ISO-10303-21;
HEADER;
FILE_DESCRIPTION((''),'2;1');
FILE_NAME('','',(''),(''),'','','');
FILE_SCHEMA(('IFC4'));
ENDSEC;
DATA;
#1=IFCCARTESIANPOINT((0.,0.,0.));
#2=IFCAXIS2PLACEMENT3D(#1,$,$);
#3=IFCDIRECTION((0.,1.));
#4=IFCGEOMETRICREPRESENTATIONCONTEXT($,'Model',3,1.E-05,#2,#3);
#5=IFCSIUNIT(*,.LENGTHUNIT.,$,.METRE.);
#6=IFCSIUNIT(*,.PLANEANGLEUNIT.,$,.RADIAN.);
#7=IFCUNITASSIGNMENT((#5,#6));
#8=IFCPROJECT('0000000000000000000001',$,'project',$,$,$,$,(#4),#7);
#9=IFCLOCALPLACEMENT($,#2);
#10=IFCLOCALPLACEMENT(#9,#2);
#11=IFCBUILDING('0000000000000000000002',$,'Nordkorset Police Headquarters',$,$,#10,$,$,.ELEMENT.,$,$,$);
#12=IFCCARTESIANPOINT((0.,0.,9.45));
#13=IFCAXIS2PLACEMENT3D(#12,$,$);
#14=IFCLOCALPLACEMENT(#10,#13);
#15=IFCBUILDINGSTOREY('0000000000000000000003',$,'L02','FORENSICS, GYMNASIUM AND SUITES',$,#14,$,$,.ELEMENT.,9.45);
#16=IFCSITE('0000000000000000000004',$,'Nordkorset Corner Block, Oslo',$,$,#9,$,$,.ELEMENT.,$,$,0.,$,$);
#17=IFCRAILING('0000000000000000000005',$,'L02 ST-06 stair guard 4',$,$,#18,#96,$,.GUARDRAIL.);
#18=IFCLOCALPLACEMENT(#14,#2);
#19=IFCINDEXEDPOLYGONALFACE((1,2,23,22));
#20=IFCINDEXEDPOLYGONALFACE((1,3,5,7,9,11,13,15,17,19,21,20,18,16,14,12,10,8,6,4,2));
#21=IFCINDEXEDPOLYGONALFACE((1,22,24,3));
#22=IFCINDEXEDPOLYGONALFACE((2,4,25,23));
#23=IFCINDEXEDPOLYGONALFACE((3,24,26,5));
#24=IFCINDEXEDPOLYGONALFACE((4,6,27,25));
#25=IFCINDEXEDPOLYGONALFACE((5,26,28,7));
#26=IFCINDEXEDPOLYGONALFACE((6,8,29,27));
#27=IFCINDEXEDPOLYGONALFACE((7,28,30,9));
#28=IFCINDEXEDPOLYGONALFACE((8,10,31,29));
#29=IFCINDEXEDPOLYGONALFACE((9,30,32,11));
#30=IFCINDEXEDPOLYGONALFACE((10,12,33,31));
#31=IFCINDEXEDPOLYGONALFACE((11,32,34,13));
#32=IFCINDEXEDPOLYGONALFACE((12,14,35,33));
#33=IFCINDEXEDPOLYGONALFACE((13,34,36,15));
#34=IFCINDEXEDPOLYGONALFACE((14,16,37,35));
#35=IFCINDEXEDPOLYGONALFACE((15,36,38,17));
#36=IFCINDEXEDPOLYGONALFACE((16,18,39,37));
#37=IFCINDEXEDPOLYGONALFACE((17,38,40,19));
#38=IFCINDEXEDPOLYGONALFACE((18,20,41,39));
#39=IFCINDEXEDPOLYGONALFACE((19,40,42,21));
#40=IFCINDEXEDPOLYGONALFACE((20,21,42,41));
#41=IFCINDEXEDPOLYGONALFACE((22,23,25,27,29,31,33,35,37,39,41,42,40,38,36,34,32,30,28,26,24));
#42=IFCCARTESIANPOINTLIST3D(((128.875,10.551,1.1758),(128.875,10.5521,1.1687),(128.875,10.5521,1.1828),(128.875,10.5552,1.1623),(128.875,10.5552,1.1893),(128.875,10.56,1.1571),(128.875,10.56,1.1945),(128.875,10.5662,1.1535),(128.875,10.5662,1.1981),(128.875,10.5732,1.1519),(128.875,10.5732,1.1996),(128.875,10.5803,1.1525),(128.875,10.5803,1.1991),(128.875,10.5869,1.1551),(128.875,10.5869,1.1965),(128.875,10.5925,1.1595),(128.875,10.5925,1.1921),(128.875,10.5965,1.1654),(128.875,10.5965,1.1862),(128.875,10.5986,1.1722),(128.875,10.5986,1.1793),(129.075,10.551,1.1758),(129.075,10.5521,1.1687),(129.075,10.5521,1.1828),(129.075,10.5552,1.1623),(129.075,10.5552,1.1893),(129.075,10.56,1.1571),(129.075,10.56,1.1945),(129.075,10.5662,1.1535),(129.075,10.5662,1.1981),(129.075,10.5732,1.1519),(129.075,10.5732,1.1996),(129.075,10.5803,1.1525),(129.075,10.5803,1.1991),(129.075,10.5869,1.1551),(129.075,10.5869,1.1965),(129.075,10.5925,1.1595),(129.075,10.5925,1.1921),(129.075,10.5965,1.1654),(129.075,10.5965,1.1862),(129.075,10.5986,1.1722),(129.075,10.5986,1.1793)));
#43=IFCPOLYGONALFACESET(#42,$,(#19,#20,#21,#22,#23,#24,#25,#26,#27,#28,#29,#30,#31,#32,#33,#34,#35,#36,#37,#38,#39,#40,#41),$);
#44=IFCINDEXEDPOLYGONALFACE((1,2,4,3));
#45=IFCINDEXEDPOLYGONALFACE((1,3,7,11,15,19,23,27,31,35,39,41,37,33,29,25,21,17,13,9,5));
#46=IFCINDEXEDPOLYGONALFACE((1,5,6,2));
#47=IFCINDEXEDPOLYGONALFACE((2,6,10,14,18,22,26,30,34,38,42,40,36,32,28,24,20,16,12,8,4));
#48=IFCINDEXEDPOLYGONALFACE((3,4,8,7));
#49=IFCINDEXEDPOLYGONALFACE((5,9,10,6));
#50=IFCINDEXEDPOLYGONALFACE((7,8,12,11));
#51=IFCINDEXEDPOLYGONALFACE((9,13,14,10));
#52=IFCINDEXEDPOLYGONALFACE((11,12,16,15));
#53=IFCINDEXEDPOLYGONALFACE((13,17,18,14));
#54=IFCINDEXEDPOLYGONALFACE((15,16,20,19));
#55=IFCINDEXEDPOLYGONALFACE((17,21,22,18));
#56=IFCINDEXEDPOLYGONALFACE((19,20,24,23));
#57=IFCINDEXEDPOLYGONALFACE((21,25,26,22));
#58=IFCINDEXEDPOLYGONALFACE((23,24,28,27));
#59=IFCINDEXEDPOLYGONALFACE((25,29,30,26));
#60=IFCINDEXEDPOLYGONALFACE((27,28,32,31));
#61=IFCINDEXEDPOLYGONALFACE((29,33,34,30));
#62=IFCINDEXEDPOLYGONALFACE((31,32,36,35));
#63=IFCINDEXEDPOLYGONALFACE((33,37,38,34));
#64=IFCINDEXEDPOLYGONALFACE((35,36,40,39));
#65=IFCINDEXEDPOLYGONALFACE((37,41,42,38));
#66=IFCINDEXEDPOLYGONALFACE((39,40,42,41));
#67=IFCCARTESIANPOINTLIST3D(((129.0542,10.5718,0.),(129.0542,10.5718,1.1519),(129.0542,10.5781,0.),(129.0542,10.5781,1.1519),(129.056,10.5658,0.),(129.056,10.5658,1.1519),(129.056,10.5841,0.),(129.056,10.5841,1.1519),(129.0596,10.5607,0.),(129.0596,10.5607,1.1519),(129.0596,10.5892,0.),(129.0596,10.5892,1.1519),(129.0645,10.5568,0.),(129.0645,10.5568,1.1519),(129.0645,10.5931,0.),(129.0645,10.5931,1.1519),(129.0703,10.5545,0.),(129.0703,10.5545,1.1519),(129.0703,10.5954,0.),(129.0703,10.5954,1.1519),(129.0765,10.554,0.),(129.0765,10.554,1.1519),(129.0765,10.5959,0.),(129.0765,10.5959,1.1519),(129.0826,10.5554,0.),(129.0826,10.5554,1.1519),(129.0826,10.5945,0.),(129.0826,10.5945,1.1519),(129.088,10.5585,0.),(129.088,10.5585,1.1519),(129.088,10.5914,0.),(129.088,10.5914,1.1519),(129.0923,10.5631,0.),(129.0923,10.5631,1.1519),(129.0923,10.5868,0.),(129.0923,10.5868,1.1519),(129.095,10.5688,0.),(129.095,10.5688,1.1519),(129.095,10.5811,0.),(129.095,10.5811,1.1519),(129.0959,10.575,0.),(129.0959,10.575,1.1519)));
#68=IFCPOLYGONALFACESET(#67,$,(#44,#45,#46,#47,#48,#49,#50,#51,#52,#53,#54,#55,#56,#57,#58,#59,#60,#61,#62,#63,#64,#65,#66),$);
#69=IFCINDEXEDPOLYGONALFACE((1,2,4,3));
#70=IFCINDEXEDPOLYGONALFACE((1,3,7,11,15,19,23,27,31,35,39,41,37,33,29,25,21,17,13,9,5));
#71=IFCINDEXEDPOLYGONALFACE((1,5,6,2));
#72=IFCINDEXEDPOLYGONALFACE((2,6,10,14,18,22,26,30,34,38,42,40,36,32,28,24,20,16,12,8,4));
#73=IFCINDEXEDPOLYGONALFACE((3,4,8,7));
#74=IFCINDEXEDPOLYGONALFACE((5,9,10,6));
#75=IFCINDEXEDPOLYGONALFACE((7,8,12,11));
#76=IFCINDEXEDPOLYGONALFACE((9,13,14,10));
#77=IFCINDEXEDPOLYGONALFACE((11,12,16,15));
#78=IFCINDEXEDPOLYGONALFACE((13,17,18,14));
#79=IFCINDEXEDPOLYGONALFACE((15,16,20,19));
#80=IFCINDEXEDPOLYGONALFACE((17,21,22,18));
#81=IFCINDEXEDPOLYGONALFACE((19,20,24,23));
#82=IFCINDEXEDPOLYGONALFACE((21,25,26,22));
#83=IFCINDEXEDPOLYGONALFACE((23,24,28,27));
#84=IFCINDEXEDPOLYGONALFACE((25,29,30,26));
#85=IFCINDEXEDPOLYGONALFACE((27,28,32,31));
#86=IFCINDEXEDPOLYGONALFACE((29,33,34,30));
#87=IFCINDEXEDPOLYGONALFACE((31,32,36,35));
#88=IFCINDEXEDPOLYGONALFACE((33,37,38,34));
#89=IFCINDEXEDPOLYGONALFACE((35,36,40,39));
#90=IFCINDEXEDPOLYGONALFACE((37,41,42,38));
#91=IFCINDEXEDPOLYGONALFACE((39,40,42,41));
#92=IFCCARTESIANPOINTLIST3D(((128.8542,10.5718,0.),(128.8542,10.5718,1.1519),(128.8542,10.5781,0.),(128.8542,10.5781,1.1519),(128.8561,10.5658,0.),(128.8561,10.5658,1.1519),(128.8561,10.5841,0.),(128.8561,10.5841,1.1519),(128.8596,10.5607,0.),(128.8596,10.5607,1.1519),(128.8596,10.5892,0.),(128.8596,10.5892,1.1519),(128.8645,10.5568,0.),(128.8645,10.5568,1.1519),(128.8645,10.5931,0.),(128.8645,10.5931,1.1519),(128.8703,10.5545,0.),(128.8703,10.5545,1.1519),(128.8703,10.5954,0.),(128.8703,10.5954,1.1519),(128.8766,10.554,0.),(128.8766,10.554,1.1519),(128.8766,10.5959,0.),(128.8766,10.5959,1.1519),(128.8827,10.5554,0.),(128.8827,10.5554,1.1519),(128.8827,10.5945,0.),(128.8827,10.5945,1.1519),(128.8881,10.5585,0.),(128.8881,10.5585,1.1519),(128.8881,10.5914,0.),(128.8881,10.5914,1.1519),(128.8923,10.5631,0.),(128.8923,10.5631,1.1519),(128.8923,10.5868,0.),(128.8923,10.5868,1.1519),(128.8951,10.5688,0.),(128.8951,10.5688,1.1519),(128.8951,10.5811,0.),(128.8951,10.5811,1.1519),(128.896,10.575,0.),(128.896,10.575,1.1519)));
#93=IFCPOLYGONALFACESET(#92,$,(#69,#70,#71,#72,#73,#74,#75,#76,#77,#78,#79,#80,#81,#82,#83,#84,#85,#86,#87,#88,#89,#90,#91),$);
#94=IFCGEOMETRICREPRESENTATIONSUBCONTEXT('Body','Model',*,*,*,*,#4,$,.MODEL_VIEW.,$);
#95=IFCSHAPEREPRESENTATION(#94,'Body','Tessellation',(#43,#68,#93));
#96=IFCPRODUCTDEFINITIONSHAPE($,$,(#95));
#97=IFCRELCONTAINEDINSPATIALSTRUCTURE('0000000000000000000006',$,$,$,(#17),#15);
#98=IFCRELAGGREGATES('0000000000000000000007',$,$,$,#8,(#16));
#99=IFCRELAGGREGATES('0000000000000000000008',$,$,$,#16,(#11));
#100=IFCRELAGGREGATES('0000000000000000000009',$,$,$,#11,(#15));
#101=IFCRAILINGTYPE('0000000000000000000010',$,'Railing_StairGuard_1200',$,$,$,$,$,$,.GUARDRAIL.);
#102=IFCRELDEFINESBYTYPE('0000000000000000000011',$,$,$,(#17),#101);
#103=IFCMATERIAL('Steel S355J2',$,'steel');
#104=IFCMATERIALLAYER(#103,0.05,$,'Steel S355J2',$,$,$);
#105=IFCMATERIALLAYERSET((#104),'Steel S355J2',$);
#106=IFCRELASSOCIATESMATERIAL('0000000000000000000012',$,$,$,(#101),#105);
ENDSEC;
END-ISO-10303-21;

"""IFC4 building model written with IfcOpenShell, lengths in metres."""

from ifc_helpers import new_model, si_unit, direction, frame, origin, origin_2d, place, context, subcontext, project, spatial, circle, extrude, material, layer, layer_set, type_object, element, save


model = new_model("IFC4")

# Units and contexts
model_context = context("Model", 3, precision=1e-05, world=origin(), true_north=direction((0.0, 1.0)))
body_context = subcontext(model_context, "Body", "Model", "MODEL_VIEW")
ifc_project = project(units=[si_unit("LENGTHUNIT", "METRE"), si_unit("PLANEANGLEUNIT", "RADIAN")], contexts=[model_context])

# Site, building, storey
site_placement = place(None, origin())
site = spatial("IfcSite", under=ifc_project, at=site_placement, Name="Nordkorset Corner Block, Oslo", CompositionType="ELEMENT", RefElevation=0.0)
building_placement = place(site_placement, origin())
building = spatial("IfcBuilding", under=site, at=building_placement, Name="Nordkorset Police Headquarters", CompositionType="ELEMENT")
storey_placement = place(building_placement, frame((0.0, 0.0, 9.45)))
storey = spatial("IfcBuildingStorey", under=building, at=storey_placement, Name="L02", Description="FORENSICS, GYMNASIUM AND SUITES", CompositionType="ELEMENT", Elevation=9.45)

# Railing
ifc_material_1 = material(Name="Steel S355J2", Category="steel")
ifc_layer_1 = layer(ifc_material_1, 0.05, Name="Steel S355J2")
ifc_layer_set_1 = layer_set([ifc_layer_1], Name="Steel S355J2")
railing_type_1 = type_object("IfcRailingType", Name="Railing_StairGuard_1200", PredefinedType="GUARDRAIL", material=ifc_layer_set_1)
railing_1_placement = place(storey_placement, frame((129.075, 10.575, 0.0)))
element("IfcRailing", 1, at=railing_1_placement, inside=storey, type_object=railing_type_1, Name="L02 ST-06 stair guard 4", PredefinedType="GUARDRAIL", context=body_context, shape_type="SweptSolid", body=[
    extrude(circle(Radius=0.0239, at=origin_2d()), frame((0.0, 0.0, 1.1758), z_axis=(-1.0, 0.0, 0.0), x_axis=(0.0, -1.0, 0.0)), (0.0, 0.0, 1.0), 0.2),
    extrude(circle(Radius=0.021, at=origin_2d()), origin(), (0.0, 0.0, 1.0), 1.1519),
    extrude(circle(Radius=0.021, at=origin_2d()), frame((-0.2, 0.0, 0.0)), (0.0, 0.0, 1.0), 1.1519),
])

save(model, "model.ifc")
